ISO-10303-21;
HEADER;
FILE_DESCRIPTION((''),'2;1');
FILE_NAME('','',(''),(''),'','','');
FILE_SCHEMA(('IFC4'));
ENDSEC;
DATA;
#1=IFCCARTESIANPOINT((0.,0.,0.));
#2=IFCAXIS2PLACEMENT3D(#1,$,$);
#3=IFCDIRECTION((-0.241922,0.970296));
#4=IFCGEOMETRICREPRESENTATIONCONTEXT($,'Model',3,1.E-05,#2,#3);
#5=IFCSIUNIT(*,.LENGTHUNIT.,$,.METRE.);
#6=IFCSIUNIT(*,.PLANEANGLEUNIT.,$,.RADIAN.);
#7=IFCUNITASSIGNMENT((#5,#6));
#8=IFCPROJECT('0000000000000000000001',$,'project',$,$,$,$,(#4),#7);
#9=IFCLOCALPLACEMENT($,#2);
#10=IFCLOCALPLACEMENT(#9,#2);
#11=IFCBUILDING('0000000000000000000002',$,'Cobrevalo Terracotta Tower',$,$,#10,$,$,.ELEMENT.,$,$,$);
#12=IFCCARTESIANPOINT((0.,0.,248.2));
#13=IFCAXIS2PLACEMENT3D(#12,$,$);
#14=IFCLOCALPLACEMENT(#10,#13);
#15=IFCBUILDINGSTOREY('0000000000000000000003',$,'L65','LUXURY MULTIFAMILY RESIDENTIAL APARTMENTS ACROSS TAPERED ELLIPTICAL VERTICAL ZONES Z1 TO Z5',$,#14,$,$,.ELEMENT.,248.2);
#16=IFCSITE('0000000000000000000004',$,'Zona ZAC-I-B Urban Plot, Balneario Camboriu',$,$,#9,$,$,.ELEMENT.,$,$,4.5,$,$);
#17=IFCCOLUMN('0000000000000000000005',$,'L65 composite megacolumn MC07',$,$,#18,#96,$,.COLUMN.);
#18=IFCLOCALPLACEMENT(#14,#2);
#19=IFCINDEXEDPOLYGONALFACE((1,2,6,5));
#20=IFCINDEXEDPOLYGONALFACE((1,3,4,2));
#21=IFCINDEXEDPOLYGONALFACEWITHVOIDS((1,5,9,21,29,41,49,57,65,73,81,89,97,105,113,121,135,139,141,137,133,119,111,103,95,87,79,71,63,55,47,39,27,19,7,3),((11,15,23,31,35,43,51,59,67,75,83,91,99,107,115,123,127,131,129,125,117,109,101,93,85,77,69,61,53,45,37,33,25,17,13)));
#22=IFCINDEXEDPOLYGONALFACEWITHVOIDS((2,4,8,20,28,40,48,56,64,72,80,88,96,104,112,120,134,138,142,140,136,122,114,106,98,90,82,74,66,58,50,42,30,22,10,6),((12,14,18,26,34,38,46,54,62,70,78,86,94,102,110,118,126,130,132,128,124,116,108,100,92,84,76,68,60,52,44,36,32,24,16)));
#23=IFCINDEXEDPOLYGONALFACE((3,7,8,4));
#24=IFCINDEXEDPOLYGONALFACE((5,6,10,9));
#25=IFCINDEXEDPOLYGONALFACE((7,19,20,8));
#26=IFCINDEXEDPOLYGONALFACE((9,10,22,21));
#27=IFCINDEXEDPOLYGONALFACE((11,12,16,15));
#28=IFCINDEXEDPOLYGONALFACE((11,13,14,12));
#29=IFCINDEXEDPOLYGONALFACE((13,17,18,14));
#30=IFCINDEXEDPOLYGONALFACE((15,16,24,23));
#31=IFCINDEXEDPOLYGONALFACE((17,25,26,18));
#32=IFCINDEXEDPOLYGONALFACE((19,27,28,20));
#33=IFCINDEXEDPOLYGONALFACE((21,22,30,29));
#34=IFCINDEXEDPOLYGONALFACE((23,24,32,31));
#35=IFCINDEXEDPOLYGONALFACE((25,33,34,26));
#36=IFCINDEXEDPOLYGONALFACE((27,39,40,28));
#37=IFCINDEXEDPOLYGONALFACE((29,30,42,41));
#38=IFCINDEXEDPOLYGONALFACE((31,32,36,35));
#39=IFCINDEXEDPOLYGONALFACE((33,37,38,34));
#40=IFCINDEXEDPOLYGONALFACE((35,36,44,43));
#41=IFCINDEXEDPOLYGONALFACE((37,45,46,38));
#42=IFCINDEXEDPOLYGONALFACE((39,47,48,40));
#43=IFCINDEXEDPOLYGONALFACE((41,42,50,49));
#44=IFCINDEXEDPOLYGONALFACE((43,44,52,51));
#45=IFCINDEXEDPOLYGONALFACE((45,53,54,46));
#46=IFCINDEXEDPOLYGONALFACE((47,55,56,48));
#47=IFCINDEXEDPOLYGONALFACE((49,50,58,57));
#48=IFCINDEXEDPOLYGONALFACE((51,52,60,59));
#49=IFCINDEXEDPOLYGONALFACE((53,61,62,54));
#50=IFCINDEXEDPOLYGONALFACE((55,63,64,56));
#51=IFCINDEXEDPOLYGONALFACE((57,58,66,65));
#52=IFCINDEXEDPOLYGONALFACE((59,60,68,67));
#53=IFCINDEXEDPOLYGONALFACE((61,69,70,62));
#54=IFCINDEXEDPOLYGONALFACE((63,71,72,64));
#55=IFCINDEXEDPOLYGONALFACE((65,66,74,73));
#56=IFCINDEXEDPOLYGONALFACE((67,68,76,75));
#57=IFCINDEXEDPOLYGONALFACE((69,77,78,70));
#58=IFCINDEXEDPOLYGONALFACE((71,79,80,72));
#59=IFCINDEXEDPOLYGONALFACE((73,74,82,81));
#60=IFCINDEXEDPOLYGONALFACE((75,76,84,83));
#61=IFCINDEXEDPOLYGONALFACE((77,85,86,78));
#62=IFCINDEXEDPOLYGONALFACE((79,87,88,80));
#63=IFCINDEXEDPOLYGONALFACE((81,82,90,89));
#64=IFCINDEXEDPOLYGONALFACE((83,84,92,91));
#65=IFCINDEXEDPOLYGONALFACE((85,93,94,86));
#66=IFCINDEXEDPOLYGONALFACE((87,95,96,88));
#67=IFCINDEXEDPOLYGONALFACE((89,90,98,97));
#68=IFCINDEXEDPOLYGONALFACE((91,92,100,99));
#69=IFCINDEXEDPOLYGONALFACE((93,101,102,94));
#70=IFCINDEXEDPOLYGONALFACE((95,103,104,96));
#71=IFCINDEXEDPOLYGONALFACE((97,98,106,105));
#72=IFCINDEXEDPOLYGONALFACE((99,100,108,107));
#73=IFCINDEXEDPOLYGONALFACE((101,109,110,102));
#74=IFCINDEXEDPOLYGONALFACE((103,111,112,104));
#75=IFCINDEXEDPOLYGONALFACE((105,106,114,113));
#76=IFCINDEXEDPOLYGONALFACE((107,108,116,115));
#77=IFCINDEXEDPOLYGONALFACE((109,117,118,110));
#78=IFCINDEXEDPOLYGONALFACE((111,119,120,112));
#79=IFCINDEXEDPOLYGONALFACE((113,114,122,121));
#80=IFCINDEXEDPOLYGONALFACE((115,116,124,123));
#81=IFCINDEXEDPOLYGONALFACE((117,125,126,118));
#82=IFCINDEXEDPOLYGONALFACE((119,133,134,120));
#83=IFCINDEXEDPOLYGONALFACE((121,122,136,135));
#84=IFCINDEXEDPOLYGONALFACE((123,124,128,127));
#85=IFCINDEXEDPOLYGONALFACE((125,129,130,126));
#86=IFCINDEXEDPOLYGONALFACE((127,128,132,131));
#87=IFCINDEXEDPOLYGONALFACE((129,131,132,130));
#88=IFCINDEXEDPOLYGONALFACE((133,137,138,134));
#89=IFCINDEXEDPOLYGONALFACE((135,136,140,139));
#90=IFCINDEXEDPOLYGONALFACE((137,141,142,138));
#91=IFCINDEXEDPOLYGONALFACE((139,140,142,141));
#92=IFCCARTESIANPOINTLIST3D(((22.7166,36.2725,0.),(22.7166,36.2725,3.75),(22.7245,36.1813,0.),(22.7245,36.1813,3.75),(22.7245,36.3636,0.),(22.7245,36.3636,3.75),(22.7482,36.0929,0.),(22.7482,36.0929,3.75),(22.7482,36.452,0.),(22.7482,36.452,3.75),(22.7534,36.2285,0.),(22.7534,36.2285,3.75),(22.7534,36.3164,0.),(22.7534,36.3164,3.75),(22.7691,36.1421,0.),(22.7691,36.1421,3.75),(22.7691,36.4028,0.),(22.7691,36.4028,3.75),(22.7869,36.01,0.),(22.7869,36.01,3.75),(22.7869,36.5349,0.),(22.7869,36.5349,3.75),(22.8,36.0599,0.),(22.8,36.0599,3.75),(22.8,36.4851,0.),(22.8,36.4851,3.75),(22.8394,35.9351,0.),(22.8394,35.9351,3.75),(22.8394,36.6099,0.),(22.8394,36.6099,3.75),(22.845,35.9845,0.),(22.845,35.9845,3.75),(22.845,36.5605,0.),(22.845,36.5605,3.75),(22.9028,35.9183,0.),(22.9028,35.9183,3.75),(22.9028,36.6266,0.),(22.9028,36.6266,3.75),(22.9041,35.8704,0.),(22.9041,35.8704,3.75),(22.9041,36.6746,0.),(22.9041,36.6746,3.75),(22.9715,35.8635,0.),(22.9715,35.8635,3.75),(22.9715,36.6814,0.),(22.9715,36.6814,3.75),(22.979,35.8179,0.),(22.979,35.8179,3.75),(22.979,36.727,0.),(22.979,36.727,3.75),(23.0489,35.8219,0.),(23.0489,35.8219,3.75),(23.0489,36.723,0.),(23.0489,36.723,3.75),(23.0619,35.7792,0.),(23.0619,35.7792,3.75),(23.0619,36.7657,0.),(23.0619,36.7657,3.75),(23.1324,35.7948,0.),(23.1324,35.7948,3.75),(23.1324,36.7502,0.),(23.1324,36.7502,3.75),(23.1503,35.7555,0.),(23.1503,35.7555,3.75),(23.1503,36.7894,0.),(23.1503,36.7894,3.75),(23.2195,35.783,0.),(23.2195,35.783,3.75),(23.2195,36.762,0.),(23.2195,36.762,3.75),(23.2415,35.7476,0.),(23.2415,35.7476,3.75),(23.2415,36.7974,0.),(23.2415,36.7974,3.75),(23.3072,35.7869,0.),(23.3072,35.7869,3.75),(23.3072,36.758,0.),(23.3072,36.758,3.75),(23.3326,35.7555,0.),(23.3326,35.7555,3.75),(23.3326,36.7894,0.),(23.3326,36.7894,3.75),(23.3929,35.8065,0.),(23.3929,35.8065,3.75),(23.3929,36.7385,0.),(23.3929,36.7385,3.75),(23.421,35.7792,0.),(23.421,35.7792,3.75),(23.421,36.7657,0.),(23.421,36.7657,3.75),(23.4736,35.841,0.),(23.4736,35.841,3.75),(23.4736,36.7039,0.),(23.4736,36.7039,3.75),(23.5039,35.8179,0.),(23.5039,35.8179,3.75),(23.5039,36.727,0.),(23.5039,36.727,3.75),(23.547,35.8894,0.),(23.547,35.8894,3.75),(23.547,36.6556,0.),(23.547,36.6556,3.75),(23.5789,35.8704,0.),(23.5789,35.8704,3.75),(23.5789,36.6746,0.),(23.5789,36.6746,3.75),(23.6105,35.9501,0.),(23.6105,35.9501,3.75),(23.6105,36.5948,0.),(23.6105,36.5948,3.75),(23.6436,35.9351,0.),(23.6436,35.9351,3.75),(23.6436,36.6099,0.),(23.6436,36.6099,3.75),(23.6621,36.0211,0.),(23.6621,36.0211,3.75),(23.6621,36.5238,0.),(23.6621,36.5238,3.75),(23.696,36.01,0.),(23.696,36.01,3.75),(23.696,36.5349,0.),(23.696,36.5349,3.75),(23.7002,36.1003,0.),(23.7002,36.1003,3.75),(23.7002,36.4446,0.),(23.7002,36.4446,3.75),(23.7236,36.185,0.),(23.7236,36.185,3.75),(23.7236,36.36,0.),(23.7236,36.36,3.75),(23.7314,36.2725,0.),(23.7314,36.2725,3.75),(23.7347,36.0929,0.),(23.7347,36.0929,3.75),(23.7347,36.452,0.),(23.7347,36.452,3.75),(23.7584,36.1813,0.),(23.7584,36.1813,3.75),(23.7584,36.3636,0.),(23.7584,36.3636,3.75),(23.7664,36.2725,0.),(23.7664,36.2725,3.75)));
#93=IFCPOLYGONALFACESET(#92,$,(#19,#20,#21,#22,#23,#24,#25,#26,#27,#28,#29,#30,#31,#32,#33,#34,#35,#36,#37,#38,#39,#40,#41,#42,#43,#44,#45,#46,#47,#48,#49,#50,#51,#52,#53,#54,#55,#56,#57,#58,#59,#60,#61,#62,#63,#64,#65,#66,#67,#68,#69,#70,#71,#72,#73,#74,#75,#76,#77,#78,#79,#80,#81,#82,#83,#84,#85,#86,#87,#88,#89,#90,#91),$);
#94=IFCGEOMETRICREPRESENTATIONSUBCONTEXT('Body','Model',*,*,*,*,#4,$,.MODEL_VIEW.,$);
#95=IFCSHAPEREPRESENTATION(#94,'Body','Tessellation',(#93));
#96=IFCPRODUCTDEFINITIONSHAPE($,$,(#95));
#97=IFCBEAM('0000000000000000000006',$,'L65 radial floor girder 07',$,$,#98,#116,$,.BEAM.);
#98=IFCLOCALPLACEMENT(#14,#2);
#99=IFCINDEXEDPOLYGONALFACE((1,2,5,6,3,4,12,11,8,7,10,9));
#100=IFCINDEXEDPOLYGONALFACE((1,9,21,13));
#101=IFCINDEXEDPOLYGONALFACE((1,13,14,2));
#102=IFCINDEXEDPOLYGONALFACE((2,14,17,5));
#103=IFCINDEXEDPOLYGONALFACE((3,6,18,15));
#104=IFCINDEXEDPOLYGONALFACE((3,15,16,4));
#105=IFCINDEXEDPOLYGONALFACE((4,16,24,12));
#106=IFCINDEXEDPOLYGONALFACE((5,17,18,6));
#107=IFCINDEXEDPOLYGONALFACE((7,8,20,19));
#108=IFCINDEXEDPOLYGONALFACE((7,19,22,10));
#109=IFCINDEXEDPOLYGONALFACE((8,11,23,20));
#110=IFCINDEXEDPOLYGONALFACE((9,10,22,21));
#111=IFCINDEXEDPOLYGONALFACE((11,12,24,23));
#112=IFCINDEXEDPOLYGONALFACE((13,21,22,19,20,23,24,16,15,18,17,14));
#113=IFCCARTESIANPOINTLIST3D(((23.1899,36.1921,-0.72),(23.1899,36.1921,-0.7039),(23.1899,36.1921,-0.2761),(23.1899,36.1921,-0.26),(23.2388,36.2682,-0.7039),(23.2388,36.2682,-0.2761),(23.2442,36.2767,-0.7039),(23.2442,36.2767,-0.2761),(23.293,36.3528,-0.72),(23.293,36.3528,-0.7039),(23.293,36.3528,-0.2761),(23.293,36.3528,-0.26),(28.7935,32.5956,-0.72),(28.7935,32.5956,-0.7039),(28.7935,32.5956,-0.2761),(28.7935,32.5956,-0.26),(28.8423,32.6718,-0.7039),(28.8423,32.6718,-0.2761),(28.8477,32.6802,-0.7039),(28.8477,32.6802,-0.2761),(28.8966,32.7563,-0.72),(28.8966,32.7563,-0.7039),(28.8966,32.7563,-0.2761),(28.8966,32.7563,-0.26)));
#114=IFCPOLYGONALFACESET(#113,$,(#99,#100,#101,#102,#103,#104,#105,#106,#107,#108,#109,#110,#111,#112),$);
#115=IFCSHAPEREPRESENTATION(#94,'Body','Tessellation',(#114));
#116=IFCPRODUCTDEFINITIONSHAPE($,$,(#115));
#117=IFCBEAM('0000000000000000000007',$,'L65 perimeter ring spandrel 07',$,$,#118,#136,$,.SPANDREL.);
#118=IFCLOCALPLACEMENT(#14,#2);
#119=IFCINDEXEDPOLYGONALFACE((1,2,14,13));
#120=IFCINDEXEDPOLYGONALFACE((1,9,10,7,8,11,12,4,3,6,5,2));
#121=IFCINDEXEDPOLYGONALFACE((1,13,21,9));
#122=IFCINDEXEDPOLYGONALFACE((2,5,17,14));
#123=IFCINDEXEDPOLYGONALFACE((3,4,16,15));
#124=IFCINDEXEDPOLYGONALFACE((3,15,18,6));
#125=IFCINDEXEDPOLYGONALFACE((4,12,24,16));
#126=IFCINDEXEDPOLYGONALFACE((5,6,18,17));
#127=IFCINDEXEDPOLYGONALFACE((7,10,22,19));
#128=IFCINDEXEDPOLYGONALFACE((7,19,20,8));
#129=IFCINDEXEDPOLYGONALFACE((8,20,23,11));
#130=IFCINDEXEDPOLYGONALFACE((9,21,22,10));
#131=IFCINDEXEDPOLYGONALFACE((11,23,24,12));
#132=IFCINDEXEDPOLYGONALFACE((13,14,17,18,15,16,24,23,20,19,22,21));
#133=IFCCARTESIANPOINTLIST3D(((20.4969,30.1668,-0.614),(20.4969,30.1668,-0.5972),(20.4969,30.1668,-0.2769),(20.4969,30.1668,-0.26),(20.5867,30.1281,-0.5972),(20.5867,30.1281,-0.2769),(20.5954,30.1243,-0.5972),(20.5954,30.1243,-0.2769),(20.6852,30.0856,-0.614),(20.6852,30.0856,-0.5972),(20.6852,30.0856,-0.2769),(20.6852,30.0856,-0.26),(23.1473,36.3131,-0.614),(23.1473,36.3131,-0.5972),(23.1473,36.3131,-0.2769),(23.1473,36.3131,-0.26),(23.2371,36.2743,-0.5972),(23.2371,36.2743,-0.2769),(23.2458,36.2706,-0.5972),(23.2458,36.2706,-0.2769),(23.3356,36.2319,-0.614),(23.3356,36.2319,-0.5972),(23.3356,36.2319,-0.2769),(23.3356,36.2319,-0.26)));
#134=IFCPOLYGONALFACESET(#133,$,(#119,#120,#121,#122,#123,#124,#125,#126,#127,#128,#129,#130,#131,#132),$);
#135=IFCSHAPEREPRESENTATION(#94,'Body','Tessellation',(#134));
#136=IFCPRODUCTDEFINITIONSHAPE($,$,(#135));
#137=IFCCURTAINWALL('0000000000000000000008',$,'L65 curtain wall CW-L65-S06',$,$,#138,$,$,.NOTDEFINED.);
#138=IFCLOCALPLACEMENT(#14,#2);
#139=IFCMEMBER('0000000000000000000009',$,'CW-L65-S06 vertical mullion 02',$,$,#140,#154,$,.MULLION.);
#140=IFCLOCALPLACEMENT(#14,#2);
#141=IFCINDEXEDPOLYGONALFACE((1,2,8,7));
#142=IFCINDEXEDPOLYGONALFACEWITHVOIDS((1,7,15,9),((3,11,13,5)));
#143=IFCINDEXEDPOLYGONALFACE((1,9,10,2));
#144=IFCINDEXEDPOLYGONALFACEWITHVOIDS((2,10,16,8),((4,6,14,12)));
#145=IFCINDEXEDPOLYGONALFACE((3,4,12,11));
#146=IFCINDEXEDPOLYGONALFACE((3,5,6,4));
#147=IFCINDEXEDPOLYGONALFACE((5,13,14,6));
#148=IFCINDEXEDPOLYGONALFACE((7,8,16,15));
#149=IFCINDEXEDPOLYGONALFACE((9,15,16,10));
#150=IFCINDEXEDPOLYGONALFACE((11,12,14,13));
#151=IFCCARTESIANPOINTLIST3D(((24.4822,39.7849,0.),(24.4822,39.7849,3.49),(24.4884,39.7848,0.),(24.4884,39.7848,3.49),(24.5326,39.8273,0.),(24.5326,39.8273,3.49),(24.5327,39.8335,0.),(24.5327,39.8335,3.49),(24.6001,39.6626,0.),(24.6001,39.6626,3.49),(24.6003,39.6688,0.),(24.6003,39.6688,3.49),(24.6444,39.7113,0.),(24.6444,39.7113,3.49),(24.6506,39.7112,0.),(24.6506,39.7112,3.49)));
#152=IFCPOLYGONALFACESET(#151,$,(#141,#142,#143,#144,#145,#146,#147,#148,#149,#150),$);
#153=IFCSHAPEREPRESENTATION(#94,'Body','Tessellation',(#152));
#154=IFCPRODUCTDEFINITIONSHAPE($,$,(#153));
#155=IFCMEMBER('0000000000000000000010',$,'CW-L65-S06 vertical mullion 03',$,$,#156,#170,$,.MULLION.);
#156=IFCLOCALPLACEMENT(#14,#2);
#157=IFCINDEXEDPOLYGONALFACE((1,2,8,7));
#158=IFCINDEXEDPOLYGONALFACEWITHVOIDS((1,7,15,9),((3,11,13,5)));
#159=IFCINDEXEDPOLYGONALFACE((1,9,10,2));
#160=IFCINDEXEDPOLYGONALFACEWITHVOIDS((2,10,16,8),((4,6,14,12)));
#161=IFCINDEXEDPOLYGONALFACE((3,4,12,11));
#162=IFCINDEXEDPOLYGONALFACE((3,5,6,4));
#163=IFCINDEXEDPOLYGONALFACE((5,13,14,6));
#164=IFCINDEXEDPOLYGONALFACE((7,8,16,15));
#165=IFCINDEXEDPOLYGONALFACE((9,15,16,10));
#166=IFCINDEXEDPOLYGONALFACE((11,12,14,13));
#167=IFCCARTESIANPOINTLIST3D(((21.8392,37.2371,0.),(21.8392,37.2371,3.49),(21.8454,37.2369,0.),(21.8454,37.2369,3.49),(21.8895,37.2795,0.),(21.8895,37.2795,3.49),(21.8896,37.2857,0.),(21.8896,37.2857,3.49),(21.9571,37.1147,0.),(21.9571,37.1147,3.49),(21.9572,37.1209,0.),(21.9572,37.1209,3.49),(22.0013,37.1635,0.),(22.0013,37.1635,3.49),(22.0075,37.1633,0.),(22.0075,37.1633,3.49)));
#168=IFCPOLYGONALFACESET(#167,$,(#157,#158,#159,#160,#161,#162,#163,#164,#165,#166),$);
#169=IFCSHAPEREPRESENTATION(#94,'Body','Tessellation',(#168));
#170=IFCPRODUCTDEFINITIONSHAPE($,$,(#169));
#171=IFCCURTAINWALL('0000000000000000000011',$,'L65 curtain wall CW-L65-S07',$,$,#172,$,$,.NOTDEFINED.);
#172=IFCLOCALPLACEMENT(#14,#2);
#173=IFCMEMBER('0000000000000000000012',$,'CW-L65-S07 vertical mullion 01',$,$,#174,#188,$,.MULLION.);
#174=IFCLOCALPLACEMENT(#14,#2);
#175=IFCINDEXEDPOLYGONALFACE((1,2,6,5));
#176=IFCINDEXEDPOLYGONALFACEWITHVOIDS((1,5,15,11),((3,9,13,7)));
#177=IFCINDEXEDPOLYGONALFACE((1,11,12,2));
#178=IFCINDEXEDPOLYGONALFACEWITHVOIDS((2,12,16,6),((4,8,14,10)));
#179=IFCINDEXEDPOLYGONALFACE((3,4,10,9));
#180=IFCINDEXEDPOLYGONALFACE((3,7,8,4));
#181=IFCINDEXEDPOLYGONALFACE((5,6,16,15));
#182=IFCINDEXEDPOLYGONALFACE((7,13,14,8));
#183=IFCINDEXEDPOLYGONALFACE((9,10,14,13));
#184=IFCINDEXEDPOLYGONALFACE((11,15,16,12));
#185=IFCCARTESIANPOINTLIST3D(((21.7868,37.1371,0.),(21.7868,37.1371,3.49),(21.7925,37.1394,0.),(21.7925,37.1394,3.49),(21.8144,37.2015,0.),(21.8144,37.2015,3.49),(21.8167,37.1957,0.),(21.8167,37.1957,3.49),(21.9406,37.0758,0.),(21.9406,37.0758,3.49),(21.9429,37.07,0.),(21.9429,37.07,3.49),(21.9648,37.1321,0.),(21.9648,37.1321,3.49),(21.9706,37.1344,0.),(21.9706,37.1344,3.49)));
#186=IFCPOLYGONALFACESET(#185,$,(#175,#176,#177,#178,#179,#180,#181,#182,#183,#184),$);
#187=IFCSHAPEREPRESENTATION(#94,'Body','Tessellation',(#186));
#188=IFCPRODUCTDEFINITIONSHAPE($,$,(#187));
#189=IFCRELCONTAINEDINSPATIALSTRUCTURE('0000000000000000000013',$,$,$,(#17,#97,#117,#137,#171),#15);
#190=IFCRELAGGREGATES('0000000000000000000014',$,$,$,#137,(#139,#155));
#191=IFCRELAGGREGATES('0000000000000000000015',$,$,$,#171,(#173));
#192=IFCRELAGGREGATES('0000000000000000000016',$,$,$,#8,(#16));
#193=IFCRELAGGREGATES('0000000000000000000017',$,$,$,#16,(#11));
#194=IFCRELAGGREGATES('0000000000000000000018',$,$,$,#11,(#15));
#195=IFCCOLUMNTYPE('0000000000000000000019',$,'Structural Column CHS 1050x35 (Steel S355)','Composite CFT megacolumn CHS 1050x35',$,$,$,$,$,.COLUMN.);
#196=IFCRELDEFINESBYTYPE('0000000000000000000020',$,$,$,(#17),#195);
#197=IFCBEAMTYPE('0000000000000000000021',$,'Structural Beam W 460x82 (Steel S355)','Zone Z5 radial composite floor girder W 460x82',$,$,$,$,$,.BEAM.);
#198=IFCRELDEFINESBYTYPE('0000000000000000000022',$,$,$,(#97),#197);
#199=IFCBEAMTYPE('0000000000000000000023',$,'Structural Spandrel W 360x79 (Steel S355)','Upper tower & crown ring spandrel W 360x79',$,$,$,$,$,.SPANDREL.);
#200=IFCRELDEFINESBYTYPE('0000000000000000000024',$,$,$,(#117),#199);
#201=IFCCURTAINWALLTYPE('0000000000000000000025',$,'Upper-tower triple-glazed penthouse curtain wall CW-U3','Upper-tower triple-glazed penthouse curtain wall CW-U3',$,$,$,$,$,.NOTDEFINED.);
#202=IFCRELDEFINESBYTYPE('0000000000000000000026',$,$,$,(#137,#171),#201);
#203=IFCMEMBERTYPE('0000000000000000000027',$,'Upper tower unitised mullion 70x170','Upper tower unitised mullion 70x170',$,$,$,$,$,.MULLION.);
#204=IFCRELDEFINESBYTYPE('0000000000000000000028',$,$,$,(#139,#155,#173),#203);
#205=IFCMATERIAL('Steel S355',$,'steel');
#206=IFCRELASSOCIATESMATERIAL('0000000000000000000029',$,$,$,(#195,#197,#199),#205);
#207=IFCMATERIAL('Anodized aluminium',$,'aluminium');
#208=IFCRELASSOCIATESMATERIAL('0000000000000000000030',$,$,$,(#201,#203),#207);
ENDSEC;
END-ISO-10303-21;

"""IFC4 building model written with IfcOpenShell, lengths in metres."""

from ifc_helpers import new_model, si_unit, direction, frame, origin, origin_2d, place, context, subcontext, project, spatial, hollow_rectangle, hollow_circle, i_section, extrude, source, transform, mapped, material, material_profile, profile_set, type_object, element, aggregate, save


model = new_model("IFC4")

# Units and contexts
model_context = context("Model", 3, precision=1e-05, world=origin(), true_north=direction((-0.241922, 0.970296)))
body_context = subcontext(model_context, "Body", "Model", "MODEL_VIEW")
ifc_project = project(units=[si_unit("LENGTHUNIT", "METRE"), si_unit("PLANEANGLEUNIT", "RADIAN")], contexts=[model_context])

# Site, building, storey
site_placement = place(None, origin())
site = spatial("IfcSite", under=ifc_project, at=site_placement, Name="Zona ZAC-I-B Urban Plot, Balneario Camboriu", CompositionType="ELEMENT", RefElevation=4.5)
building_placement = place(site_placement, origin())
building = spatial("IfcBuilding", under=site, at=building_placement, Name="Cobrevalo Terracotta Tower", CompositionType="ELEMENT")
storey_placement = place(building_placement, frame((0.0, 0.0, 248.2)))
storey = spatial("IfcBuildingStorey", under=building, at=storey_placement, Name="L65", Description="LUXURY MULTIFAMILY RESIDENTIAL APARTMENTS ACROSS TAPERED ELLIPTICAL VERTICAL ZONES Z1 TO Z5", CompositionType="ELEMENT", Elevation=248.2)

# Column
ifc_material_1 = material(Name="Steel S355", Category="steel")
ifc_material_profile_1 = material_profile(ifc_material_1, hollow_circle(Radius=0.5249, WallThickness=0.0349, at=origin_2d()), Name="CHS 1050x35")
ifc_profile_set_1 = profile_set([ifc_material_profile_1], Name="Steel S355")
column_type = type_object("IfcColumnType", Name="Structural Column CHS 1050x35 (Steel S355)", Description="Composite CFT megacolumn CHS 1050x35", PredefinedType="COLUMN", material=ifc_profile_set_1)
column_placement = place(storey_placement, frame((23.2415, 36.2725, 0.0), z_axis=(0.0, 0.0, 1.0), x_axis=(1.0, 0.0, 0.0)))
element("IfcColumn", 1, at=column_placement, inside=storey, type_object=column_type, Name="L65 composite megacolumn MC07", PredefinedType="COLUMN", context=body_context, shape_type="SweptSolid", body=[
    extrude(hollow_circle(Radius=0.5249, WallThickness=0.0349, at=origin_2d()), origin(), (0.0, 0.0, 1.0), 3.75),
])

# Beams
ifc_material_profile_2 = material_profile(ifc_material_1, i_section(OverallWidth=0.1909, OverallDepth=0.46, WebThickness=0.01, FlangeThickness=0.0161, at=origin_2d()), Name="W 460x82")
ifc_profile_set_2 = profile_set([ifc_material_profile_2], Name="Steel S355")
beam_type_1 = type_object("IfcBeamType", Name="Structural Beam W 460x82 (Steel S355)", Description="Zone Z5 radial composite floor girder W 460x82", PredefinedType="BEAM", material=ifc_profile_set_2)
beam_1_placement = place(storey_placement, frame((23.2415, 36.2725, -0.49), z_axis=(0.841576, -0.540138, 0.0), x_axis=(0.540138, 0.841576, 0.0)))
element("IfcBeam", 2, at=beam_1_placement, inside=storey, type_object=beam_type_1, Name="L65 radial floor girder 07", PredefinedType="BEAM", context=body_context, shape_type="SweptSolid", body=[
    extrude(i_section(OverallWidth=0.1909, OverallDepth=0.46, WebThickness=0.01, FlangeThickness=0.0161, at=origin_2d()), origin(), (0.0, 0.0, 1.0), 6.6584),
])
ifc_material_profile_3 = material_profile(ifc_material_1, i_section(OverallWidth=0.2051, OverallDepth=0.354, WebThickness=0.0095, FlangeThickness=0.0168, at=origin_2d()), Name="W 360x79")
ifc_profile_set_3 = profile_set([ifc_material_profile_3], Name="Steel S355")
beam_type_2 = type_object("IfcBeamType", Name="Structural Spandrel W 360x79 (Steel S355)", Description="Upper tower & crown ring spandrel W 360x79", PredefinedType="SPANDREL", material=ifc_profile_set_3)
beam_2_placement = place(storey_placement, frame((23.2415, 36.2725, -0.437), z_axis=(-0.395974, -0.918262, 0.0), x_axis=(0.918262, -0.395974, 0.0)))
element("IfcBeam", 3, at=beam_2_placement, inside=storey, type_object=beam_type_2, Name="L65 perimeter ring spandrel 07", PredefinedType="SPANDREL", context=body_context, shape_type="SweptSolid", body=[
    extrude(i_section(OverallWidth=0.2051, OverallDepth=0.354, WebThickness=0.0095, FlangeThickness=0.0168, at=origin_2d()), origin(), (0.0, 0.0, 1.0), 6.6934),
])

# Curtain walls, members
ifc_material_2 = material(Name="Anodized aluminium", Category="aluminium")
curtain_wall_type = type_object("IfcCurtainWallType", Name="Upper-tower triple-glazed penthouse curtain wall CW-U3", Description="Upper-tower triple-glazed penthouse curtain wall CW-U3", PredefinedType="NOTDEFINED", material=ifc_material_2)
curtain_wall_1_placement = place(storey_placement, origin())
curtain_wall_1 = element("IfcCurtainWall", 4, at=curtain_wall_1_placement, inside=storey, type_object=curtain_wall_type, Name="L65 curtain wall CW-L65-S06", PredefinedType="NOTDEFINED")
ifc_material_profile_4 = material_profile(ifc_material_2, hollow_rectangle(XDim=0.0701, YDim=0.1699, WallThickness=0.0044, at=origin_2d()), Name="CWM 70x170")
ifc_profile_set_4 = profile_set([ifc_material_profile_4], Name="Anodized aluminium")
member_type_1 = type_object("IfcMemberType", Name="Upper tower unitised mullion 70x170", Description="Upper tower unitised mullion 70x170", PredefinedType="MULLION", material=ifc_profile_set_4)
shared_shape_1 = source(origin(), body_context, "Body", "SweptSolid", [
    extrude(hollow_rectangle(XDim=0.0701, YDim=0.1699, WallThickness=0.0044, at=origin_2d()), origin(), (0.0, 0.0, 1.0), 3.49),
])
member_1_placement = place(storey_placement, frame((24.5664, 39.748, 0.0), z_axis=(0.0, 0.0, 1.0), x_axis=(-0.719994, -0.69398, 0.0)))
member_1 = element("IfcMember", 5, at=member_1_placement, type_object=member_type_1, Name="CW-L65-S06 vertical mullion 02", PredefinedType="MULLION", context=body_context, shape_type="MappedRepresentation", body=[
    mapped(shared_shape_1, transform((0.0, 0.0, 0.0), scale=1.0)),
])
member_2_placement = place(storey_placement, frame((21.9233, 37.2002, 0.0), z_axis=(0.0, 0.0, 1.0), x_axis=(-0.719994, -0.69398, 0.0)))
member_2 = element("IfcMember", 6, at=member_2_placement, type_object=member_type_1, Name="CW-L65-S06 vertical mullion 03", PredefinedType="MULLION", context=body_context, shape_type="MappedRepresentation", body=[
    mapped(shared_shape_1, transform((0.0, 0.0, 0.0), scale=1.0)),
])
curtain_wall_2_placement = place(storey_placement, origin())
curtain_wall_2 = element("IfcCurtainWall", 7, at=curtain_wall_2_placement, inside=storey, type_object=curtain_wall_type, Name="L65 curtain wall CW-L65-S07", PredefinedType="NOTDEFINED")
member_3_placement = place(storey_placement, frame((21.8787, 37.1357, 0.0), z_axis=(0.0, 0.0, 1.0), x_axis=(-0.394824, -0.918757, 0.0)))
member_3 = element("IfcMember", 8, at=member_3_placement, type_object=member_type_1, Name="CW-L65-S07 vertical mullion 01", PredefinedType="MULLION", context=body_context, shape_type="MappedRepresentation", body=[
    mapped(shared_shape_1, transform((0.0, 0.0, 0.0), scale=1.0)),
])

aggregate(curtain_wall_1, [member_1, member_2])
aggregate(curtain_wall_2, [member_3])

save(model, "model.ifc")
